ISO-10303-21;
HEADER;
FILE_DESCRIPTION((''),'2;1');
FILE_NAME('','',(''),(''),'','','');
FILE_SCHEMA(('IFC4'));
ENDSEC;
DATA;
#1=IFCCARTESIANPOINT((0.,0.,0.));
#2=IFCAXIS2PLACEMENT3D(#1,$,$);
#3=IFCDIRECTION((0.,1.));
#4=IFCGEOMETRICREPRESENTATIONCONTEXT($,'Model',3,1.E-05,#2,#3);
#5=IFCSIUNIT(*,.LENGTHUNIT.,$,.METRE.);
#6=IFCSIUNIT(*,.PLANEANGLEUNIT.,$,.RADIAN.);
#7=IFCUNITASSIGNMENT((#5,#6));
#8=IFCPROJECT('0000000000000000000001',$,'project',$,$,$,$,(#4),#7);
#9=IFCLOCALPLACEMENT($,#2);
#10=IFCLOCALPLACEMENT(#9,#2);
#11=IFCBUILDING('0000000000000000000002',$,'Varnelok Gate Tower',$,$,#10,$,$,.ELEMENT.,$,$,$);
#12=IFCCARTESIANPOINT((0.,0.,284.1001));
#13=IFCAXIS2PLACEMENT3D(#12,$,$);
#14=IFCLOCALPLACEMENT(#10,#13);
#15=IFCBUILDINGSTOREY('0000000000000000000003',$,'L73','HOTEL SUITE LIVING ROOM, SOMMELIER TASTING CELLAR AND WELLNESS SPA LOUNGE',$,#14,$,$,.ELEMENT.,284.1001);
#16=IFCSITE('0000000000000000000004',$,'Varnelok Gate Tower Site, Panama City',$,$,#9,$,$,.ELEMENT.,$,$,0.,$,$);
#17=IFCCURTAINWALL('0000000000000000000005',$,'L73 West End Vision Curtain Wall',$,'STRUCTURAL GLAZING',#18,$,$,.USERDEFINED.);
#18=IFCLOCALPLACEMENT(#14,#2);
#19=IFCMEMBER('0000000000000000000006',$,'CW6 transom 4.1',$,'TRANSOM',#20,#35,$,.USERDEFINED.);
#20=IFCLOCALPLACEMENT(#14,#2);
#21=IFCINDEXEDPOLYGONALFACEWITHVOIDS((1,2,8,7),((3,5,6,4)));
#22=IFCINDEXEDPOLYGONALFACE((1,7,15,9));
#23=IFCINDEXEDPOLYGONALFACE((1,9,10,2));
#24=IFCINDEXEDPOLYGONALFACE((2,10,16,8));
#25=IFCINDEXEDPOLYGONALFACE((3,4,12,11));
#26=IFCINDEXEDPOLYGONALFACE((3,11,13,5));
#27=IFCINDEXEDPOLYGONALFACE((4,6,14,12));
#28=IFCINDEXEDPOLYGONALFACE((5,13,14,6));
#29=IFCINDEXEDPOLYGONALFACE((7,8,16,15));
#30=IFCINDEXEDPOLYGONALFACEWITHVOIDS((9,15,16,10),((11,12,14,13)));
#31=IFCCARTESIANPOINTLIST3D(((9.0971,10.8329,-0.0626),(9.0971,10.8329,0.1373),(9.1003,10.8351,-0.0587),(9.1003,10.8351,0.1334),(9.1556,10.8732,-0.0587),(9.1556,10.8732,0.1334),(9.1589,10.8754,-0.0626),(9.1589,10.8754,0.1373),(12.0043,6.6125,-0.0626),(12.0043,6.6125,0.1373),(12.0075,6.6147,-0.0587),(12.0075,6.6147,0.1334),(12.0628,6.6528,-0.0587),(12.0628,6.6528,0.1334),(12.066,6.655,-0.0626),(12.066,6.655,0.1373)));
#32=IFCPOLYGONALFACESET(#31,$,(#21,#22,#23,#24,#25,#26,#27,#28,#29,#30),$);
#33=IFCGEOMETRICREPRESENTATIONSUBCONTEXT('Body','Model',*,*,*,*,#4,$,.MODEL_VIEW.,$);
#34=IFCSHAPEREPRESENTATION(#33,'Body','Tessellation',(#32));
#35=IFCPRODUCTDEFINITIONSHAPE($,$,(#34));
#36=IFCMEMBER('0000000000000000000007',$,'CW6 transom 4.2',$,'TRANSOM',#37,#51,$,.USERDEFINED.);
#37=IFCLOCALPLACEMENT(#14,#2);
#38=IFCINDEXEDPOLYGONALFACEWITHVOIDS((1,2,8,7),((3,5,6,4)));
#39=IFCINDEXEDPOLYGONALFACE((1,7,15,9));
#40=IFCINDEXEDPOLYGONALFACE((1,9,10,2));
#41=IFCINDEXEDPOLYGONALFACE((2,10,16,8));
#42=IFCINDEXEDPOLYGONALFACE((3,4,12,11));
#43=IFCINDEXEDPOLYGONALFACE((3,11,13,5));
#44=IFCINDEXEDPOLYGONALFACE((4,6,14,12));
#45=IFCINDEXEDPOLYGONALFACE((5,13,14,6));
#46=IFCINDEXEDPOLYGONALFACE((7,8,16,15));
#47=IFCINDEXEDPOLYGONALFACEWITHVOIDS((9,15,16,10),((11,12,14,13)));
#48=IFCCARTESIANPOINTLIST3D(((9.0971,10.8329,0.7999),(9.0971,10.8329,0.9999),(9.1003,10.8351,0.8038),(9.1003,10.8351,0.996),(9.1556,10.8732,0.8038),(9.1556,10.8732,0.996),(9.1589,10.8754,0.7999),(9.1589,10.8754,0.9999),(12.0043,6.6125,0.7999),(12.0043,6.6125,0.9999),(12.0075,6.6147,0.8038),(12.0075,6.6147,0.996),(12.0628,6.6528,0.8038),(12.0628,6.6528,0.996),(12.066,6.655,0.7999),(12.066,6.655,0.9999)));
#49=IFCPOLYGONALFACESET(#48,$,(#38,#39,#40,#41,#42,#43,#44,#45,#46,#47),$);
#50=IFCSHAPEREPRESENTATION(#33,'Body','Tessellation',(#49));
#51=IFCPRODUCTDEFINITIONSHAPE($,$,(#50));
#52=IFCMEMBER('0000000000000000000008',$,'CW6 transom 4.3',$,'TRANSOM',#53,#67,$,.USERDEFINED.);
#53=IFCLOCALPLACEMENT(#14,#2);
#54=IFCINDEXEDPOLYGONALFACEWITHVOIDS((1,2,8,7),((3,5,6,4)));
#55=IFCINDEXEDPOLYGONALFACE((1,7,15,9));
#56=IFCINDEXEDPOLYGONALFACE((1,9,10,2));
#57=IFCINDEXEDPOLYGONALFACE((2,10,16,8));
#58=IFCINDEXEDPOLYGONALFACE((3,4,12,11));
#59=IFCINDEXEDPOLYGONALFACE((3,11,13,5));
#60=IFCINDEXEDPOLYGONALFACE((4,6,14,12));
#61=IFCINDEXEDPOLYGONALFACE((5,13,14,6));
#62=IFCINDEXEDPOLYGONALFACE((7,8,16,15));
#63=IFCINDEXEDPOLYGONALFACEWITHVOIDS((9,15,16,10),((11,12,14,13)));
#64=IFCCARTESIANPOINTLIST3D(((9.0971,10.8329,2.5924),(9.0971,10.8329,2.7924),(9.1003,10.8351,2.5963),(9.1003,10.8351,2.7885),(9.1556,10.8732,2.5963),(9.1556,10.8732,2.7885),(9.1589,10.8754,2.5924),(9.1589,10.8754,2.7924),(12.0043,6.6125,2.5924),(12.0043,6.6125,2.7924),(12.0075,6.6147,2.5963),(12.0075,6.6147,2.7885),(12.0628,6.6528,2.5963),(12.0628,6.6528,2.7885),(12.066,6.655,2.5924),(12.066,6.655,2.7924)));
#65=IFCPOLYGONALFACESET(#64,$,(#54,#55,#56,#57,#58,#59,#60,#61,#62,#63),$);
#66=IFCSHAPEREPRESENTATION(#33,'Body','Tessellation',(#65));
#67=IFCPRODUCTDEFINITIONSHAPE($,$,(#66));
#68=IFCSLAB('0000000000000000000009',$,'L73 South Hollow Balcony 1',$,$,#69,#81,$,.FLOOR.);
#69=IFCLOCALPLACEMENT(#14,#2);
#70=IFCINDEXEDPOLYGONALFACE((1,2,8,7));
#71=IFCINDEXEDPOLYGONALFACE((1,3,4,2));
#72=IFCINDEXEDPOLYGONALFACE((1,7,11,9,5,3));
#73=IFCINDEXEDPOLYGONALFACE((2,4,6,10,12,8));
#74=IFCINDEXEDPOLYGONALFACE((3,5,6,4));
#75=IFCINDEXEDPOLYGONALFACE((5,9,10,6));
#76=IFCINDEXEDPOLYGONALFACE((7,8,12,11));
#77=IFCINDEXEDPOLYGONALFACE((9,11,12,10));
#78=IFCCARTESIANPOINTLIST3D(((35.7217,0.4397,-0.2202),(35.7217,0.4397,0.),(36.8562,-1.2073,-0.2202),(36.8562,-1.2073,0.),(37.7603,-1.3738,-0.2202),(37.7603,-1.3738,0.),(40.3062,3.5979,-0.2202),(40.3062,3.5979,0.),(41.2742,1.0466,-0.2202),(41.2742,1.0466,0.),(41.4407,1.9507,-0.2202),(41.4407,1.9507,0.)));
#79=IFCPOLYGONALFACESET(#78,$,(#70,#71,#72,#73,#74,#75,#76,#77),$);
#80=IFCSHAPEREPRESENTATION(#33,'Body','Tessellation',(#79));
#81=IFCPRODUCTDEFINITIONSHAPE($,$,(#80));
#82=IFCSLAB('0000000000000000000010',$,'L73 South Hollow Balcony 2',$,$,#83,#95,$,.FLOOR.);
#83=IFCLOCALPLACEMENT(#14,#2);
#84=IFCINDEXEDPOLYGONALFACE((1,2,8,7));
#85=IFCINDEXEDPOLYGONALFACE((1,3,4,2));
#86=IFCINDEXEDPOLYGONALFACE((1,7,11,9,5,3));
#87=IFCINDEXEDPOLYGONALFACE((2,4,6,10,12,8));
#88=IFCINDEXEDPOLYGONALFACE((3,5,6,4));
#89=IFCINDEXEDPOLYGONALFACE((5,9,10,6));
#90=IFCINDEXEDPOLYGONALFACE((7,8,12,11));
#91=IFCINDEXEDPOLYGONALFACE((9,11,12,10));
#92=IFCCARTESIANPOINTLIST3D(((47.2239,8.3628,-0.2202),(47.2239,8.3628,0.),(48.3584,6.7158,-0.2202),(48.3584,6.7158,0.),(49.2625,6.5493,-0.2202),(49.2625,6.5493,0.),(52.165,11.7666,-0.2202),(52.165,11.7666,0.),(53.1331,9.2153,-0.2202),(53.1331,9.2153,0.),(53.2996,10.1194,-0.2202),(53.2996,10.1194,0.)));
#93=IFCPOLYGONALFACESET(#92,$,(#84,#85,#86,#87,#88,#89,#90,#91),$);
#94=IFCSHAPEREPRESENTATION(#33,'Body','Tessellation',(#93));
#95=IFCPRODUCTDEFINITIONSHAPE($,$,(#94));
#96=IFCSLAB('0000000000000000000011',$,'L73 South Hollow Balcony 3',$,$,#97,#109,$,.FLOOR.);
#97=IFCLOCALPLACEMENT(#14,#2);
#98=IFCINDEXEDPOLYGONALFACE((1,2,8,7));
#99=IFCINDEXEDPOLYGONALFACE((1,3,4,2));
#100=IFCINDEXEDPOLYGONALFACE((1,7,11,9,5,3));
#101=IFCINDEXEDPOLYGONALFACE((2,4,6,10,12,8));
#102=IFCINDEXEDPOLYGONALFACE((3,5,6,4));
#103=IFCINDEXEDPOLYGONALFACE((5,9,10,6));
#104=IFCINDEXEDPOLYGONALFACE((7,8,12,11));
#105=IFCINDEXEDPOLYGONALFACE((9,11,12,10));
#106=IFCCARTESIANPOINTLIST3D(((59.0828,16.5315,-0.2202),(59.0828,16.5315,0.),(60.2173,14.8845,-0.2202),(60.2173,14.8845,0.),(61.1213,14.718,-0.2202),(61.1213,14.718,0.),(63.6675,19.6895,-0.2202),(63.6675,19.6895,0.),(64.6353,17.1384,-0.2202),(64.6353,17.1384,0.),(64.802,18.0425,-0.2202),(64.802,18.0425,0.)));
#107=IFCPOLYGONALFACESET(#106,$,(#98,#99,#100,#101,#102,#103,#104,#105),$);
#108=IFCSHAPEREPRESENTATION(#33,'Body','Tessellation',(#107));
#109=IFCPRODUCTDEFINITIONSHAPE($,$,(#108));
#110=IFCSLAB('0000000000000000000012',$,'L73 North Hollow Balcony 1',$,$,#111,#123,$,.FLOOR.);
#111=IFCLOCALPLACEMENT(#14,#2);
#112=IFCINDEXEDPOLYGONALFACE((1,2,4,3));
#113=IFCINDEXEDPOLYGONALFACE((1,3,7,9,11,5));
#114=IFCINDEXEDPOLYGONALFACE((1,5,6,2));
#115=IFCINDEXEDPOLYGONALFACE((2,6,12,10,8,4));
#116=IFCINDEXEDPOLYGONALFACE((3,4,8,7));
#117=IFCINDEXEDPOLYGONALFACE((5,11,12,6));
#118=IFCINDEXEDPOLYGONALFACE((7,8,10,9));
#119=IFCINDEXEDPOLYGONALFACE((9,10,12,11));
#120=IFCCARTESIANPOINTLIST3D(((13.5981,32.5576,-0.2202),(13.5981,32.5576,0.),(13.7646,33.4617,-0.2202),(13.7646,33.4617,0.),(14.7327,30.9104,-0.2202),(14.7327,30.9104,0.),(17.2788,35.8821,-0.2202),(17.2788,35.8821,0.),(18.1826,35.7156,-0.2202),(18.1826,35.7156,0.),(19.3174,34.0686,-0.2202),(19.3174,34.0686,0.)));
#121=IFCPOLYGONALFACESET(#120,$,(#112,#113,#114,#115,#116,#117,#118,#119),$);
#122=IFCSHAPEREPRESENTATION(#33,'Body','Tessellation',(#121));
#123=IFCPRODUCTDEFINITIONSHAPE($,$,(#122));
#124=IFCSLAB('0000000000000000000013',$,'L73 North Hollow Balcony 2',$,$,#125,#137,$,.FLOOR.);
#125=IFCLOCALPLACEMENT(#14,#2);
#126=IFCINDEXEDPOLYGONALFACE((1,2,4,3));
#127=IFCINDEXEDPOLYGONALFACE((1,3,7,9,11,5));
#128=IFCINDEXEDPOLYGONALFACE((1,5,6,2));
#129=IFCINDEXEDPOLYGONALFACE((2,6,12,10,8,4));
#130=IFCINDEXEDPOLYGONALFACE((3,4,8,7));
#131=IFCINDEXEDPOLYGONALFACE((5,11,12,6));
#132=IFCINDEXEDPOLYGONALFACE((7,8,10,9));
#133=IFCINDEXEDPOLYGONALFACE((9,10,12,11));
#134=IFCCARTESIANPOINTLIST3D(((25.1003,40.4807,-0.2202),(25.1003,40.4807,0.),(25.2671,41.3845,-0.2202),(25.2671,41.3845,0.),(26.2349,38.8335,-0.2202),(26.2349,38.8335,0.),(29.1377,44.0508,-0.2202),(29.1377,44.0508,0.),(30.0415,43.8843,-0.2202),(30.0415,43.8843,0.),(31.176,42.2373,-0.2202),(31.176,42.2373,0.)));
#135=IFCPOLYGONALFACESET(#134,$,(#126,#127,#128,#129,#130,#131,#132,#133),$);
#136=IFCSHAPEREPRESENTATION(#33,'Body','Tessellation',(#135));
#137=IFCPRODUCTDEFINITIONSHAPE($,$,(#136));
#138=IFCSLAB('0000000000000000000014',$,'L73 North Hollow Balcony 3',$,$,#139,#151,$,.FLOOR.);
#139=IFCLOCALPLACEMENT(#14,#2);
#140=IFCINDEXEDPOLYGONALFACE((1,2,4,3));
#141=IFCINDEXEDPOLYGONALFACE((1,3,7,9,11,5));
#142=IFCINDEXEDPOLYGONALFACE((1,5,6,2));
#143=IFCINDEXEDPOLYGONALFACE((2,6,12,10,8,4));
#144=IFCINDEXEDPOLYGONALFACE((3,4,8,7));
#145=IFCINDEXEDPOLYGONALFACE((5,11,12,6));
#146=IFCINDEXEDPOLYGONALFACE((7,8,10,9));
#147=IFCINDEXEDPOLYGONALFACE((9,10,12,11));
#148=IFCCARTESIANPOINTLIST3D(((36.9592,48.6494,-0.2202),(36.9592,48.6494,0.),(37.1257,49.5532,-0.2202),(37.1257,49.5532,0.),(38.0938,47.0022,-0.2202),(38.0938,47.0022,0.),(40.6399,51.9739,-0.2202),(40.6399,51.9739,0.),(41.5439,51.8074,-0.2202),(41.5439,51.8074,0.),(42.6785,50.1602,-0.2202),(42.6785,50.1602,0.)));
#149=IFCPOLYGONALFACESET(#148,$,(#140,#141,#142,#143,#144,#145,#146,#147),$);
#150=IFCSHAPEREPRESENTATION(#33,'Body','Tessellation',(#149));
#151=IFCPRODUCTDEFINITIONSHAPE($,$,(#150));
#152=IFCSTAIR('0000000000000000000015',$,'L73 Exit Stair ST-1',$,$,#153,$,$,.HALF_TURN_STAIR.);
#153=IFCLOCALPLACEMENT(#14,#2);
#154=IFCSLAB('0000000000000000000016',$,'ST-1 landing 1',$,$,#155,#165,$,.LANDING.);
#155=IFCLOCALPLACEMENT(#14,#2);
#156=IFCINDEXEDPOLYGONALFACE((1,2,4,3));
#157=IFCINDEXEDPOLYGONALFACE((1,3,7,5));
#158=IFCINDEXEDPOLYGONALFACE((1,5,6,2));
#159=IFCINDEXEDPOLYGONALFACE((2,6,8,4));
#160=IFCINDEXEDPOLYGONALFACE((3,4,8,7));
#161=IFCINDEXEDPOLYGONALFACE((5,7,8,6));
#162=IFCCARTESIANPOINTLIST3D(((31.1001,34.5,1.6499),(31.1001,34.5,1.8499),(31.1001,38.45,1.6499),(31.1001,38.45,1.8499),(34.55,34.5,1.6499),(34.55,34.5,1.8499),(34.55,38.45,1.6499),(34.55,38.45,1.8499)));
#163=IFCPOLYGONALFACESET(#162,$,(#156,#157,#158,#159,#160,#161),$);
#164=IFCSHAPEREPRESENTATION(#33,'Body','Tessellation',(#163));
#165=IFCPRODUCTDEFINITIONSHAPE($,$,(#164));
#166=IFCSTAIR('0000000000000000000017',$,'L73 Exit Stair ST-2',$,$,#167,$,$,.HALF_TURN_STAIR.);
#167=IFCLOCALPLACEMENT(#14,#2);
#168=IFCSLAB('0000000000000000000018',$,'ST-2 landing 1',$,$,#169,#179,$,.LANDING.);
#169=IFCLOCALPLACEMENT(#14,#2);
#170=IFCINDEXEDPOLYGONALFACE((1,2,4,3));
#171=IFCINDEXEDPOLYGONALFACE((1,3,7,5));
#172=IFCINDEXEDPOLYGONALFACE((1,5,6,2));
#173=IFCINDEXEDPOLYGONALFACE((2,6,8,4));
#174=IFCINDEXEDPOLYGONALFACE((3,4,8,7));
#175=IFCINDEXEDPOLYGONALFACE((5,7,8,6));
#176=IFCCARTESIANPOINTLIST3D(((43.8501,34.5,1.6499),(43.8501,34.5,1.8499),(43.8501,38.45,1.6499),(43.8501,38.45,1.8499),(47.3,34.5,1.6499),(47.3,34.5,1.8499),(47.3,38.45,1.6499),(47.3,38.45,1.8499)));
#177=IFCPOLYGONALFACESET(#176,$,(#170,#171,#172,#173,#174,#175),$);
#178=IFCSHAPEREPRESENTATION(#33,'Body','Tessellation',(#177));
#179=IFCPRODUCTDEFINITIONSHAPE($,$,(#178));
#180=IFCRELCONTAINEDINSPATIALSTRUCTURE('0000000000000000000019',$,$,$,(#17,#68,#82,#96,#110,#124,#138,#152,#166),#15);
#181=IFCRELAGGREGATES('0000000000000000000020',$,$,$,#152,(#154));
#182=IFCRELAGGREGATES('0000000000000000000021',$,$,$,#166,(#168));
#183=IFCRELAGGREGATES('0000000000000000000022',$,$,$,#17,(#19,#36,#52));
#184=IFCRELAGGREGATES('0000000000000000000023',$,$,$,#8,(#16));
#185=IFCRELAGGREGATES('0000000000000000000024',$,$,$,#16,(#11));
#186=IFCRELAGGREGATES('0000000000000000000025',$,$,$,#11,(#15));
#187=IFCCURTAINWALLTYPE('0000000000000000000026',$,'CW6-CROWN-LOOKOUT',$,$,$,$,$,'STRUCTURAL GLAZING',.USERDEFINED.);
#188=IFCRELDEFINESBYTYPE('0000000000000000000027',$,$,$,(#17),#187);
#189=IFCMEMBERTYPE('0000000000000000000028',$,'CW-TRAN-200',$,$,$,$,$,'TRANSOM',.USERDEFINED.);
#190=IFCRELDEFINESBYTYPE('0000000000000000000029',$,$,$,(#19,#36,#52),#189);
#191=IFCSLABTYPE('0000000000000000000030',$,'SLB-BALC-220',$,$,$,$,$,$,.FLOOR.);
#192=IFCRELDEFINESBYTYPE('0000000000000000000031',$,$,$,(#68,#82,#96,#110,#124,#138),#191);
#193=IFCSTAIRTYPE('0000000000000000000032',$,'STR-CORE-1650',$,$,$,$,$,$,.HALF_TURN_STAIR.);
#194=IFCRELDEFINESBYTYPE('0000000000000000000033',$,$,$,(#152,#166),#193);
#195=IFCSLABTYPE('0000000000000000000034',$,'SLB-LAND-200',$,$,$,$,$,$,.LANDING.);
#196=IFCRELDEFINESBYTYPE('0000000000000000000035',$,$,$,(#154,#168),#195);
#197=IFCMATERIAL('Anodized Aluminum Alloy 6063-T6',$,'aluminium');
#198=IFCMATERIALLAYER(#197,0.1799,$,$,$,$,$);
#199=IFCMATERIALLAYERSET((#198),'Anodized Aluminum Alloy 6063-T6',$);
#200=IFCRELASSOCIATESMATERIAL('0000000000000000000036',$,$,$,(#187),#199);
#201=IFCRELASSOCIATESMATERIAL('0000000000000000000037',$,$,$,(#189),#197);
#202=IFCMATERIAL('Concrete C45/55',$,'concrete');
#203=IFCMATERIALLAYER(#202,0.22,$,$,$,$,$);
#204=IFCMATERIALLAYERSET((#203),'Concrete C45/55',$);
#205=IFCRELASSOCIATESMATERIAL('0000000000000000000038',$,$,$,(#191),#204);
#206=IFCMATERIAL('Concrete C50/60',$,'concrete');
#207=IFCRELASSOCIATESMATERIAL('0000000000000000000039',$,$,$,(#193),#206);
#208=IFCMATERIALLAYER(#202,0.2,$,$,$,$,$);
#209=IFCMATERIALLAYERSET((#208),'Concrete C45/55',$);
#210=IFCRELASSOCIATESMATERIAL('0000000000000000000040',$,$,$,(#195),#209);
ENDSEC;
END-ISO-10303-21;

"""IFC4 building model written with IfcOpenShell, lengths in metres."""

from ifc_helpers import new_model, si_unit, direction, frame, origin, origin_2d, place, context, subcontext, project, spatial, polyline, hollow_rectangle, outline, extrude, material, layer, layer_set, material_profile, profile_set, type_object, element, aggregate, save


model = new_model("IFC4")

# Units and contexts
model_context = context("Model", 3, precision=1e-05, world=origin(), true_north=direction((0.0, 1.0)))
body_context = subcontext(model_context, "Body", "Model", "MODEL_VIEW")
ifc_project = project(units=[si_unit("LENGTHUNIT", "METRE"), si_unit("PLANEANGLEUNIT", "RADIAN")], contexts=[model_context])

# Site, building, storey
site_placement = place(None, origin())
site = spatial("IfcSite", under=ifc_project, at=site_placement, Name="Varnelok Gate Tower Site, Panama City", CompositionType="ELEMENT", RefElevation=0.0)
building_placement = place(site_placement, origin())
building = spatial("IfcBuilding", under=site, at=building_placement, Name="Varnelok Gate Tower", CompositionType="ELEMENT")
storey_placement = place(building_placement, frame((0.0, 0.0, 284.1001)))
storey = spatial("IfcBuildingStorey", under=building, at=storey_placement, Name="L73", Description="HOTEL SUITE LIVING ROOM, SOMMELIER TASTING CELLAR AND WELLNESS SPA LOUNGE", CompositionType="ELEMENT", Elevation=284.1001)

# Curtain wall, members
ifc_material_1 = material(Name="Anodized Aluminum Alloy 6063-T6", Category="aluminium")
ifc_layer_1 = layer(ifc_material_1, 0.1799)
ifc_layer_set_1 = layer_set([ifc_layer_1], Name="Anodized Aluminum Alloy 6063-T6")
curtain_wall_type = type_object("IfcCurtainWallType", Name="CW6-CROWN-LOOKOUT", ElementType="STRUCTURAL GLAZING", PredefinedType="USERDEFINED", material=ifc_layer_set_1)
curtain_wall_placement = place(storey_placement, origin())
curtain_wall = element("IfcCurtainWall", 1, at=curtain_wall_placement, inside=storey, type_object=curtain_wall_type, Name="L73 West End Vision Curtain Wall", ObjectType="STRUCTURAL GLAZING", PredefinedType="USERDEFINED")
ifc_material_profile_1 = material_profile(ifc_material_1, hollow_rectangle(XDim=0.075, YDim=0.2, WallThickness=0.0039, at=origin_2d()), Name="ALU200X75X4")
ifc_profile_set_1 = profile_set([ifc_material_profile_1], Name="Anodized Aluminum Alloy 6063-T6")
member_type_1 = type_object("IfcMemberType", Name="CW-TRAN-200", ElementType="TRANSOM", PredefinedType="USERDEFINED", material=ifc_profile_set_1)
member_1_placement = place(storey_placement, frame((12.0352, 6.6338, 0.0374), z_axis=(-0.567279, 0.823526, 0.0), x_axis=(-0.823526, -0.567279, 0.0)))
member_1 = element("IfcMember", 2, at=member_1_placement, type_object=member_type_1, Name="CW6 transom 4.1", ObjectType="TRANSOM", PredefinedType="USERDEFINED", context=body_context, shape_type="SweptSolid", body=[
    extrude(hollow_rectangle(XDim=0.075, YDim=0.2, WallThickness=0.0039, at=origin_2d()), origin(), (0.0, 0.0, 1.0), 5.1248),
])
member_2_placement = place(storey_placement, frame((12.0352, 6.6338, 0.8999), z_axis=(-0.567279, 0.823526, 0.0), x_axis=(-0.823526, -0.567279, 0.0)))
member_2 = element("IfcMember", 3, at=member_2_placement, type_object=member_type_1, Name="CW6 transom 4.2", ObjectType="TRANSOM", PredefinedType="USERDEFINED", context=body_context, shape_type="SweptSolid", body=[
    extrude(hollow_rectangle(XDim=0.075, YDim=0.2, WallThickness=0.0039, at=origin_2d()), origin(), (0.0, 0.0, 1.0), 5.1248),
])
member_3_placement = place(storey_placement, frame((12.0352, 6.6338, 2.6924), z_axis=(-0.567279, 0.823526, 0.0), x_axis=(-0.823526, -0.567279, 0.0)))
member_3 = element("IfcMember", 4, at=member_3_placement, type_object=member_type_1, Name="CW6 transom 4.3", ObjectType="TRANSOM", PredefinedType="USERDEFINED", context=body_context, shape_type="SweptSolid", body=[
    extrude(hollow_rectangle(XDim=0.075, YDim=0.2, WallThickness=0.0039, at=origin_2d()), origin(), (0.0, 0.0, 1.0), 5.1248),
])

# Slabs
ifc_material_2 = material(Name="Concrete C45/55", Category="concrete")
ifc_layer_2 = layer(ifc_material_2, 0.22)
ifc_layer_set_2 = layer_set([ifc_layer_2], Name="Concrete C45/55")
slab_type_1 = type_object("IfcSlabType", Name="SLB-BALC-220", PredefinedType="FLOOR", material=ifc_layer_set_2)
slab_1_placement = place(storey_placement, frame((0.0, 0.0, -0.2202)))
element("IfcSlab", 5, at=slab_1_placement, inside=storey, type_object=slab_type_1, Name="L73 South Hollow Balcony 1", PredefinedType="FLOOR", context=body_context, shape_type="SweptSolid", body=[
    extrude(outline(polyline([(36.8562, -1.2073), (37.7603, -1.3738), (41.2742, 1.0466), (41.4407, 1.9507), (40.3062, 3.5979), (35.7217, 0.4397), (36.8562, -1.2073)])), origin(), (0.0, 0.0, 1.0), 0.2202),
])
slab_2_placement = place(storey_placement, frame((0.0, 0.0, -0.2202)))
element("IfcSlab", 6, at=slab_2_placement, inside=storey, type_object=slab_type_1, Name="L73 South Hollow Balcony 2", PredefinedType="FLOOR", context=body_context, shape_type="SweptSolid", body=[
    extrude(outline(polyline([(48.3584, 6.7158), (49.2625, 6.5493), (53.1331, 9.2153), (53.2996, 10.1194), (52.165, 11.7666), (47.2239, 8.3628), (48.3584, 6.7158)])), origin(), (0.0, 0.0, 1.0), 0.2202),
])
slab_3_placement = place(storey_placement, frame((0.0, 0.0, -0.2202)))
element("IfcSlab", 7, at=slab_3_placement, inside=storey, type_object=slab_type_1, Name="L73 South Hollow Balcony 3", PredefinedType="FLOOR", context=body_context, shape_type="SweptSolid", body=[
    extrude(outline(polyline([(60.2173, 14.8845), (61.1213, 14.718), (64.6353, 17.1384), (64.802, 18.0425), (63.6675, 19.6895), (59.0828, 16.5315), (60.2173, 14.8845)])), origin(), (0.0, 0.0, 1.0), 0.2202),
])
slab_4_placement = place(storey_placement, frame((0.0, 0.0, -0.2202)))
element("IfcSlab", 8, at=slab_4_placement, inside=storey, type_object=slab_type_1, Name="L73 North Hollow Balcony 1", PredefinedType="FLOOR", context=body_context, shape_type="SweptSolid", body=[
    extrude(outline(polyline([(14.7327, 30.9104), (19.3174, 34.0686), (18.1826, 35.7156), (17.2788, 35.8821), (13.7646, 33.4617), (13.5981, 32.5576), (14.7327, 30.9104)])), origin(), (0.0, 0.0, 1.0), 0.2202),
])
slab_5_placement = place(storey_placement, frame((0.0, 0.0, -0.2202)))
element("IfcSlab", 9, at=slab_5_placement, inside=storey, type_object=slab_type_1, Name="L73 North Hollow Balcony 2", PredefinedType="FLOOR", context=body_context, shape_type="SweptSolid", body=[
    extrude(outline(polyline([(26.2349, 38.8335), (31.176, 42.2373), (30.0415, 43.8843), (29.1377, 44.0508), (25.2671, 41.3845), (25.1003, 40.4807), (26.2349, 38.8335)])), origin(), (0.0, 0.0, 1.0), 0.2202),
])
slab_6_placement = place(storey_placement, frame((0.0, 0.0, -0.2202)))
element("IfcSlab", 10, at=slab_6_placement, inside=storey, type_object=slab_type_1, Name="L73 North Hollow Balcony 3", PredefinedType="FLOOR", context=body_context, shape_type="SweptSolid", body=[
    extrude(outline(polyline([(38.0938, 47.0022), (42.6785, 50.1602), (41.5439, 51.8074), (40.6399, 51.9739), (37.1257, 49.5532), (36.9592, 48.6494), (38.0938, 47.0022)])), origin(), (0.0, 0.0, 1.0), 0.2202),
])

# Stairs, slabs
ifc_material_3 = material(Name="Concrete C50/60", Category="concrete")
stair_type = type_object("IfcStairType", Name="STR-CORE-1650", PredefinedType="HALF_TURN_STAIR", material=ifc_material_3)
stair_1_placement = place(storey_placement, origin())
stair_1 = element("IfcStair", 11, at=stair_1_placement, inside=storey, type_object=stair_type, Name="L73 Exit Stair ST-1", PredefinedType="HALF_TURN_STAIR")
ifc_layer_3 = layer(ifc_material_2, 0.2)
ifc_layer_set_3 = layer_set([ifc_layer_3], Name="Concrete C45/55")
slab_type_2 = type_object("IfcSlabType", Name="SLB-LAND-200", PredefinedType="LANDING", material=ifc_layer_set_3)
slab_7_placement = place(storey_placement, frame((0.0, 0.0, 1.6499)))
slab_7 = element("IfcSlab", 12, at=slab_7_placement, type_object=slab_type_2, Name="ST-1 landing 1", PredefinedType="LANDING", context=body_context, shape_type="SweptSolid", body=[
    extrude(outline(polyline([(34.55, 34.5), (34.55, 38.45), (31.1001, 38.45), (31.1001, 34.5), (34.55, 34.5)])), origin(), (0.0, 0.0, 1.0), 0.2),
])
aggregate(stair_1, [slab_7])
stair_2_placement = place(storey_placement, origin())
stair_2 = element("IfcStair", 13, at=stair_2_placement, inside=storey, type_object=stair_type, Name="L73 Exit Stair ST-2", PredefinedType="HALF_TURN_STAIR")
slab_8_placement = place(storey_placement, frame((0.0, 0.0, 1.6499)))
slab_8 = element("IfcSlab", 14, at=slab_8_placement, type_object=slab_type_2, Name="ST-2 landing 1", PredefinedType="LANDING", context=body_context, shape_type="SweptSolid", body=[
    extrude(outline(polyline([(47.3, 34.5), (47.3, 38.45), (43.8501, 38.45), (43.8501, 34.5), (47.3, 34.5)])), origin(), (0.0, 0.0, 1.0), 0.2),
])
aggregate(stair_2, [slab_8])

aggregate(curtain_wall, [member_1, member_2, member_3])

save(model, "model.ifc")
